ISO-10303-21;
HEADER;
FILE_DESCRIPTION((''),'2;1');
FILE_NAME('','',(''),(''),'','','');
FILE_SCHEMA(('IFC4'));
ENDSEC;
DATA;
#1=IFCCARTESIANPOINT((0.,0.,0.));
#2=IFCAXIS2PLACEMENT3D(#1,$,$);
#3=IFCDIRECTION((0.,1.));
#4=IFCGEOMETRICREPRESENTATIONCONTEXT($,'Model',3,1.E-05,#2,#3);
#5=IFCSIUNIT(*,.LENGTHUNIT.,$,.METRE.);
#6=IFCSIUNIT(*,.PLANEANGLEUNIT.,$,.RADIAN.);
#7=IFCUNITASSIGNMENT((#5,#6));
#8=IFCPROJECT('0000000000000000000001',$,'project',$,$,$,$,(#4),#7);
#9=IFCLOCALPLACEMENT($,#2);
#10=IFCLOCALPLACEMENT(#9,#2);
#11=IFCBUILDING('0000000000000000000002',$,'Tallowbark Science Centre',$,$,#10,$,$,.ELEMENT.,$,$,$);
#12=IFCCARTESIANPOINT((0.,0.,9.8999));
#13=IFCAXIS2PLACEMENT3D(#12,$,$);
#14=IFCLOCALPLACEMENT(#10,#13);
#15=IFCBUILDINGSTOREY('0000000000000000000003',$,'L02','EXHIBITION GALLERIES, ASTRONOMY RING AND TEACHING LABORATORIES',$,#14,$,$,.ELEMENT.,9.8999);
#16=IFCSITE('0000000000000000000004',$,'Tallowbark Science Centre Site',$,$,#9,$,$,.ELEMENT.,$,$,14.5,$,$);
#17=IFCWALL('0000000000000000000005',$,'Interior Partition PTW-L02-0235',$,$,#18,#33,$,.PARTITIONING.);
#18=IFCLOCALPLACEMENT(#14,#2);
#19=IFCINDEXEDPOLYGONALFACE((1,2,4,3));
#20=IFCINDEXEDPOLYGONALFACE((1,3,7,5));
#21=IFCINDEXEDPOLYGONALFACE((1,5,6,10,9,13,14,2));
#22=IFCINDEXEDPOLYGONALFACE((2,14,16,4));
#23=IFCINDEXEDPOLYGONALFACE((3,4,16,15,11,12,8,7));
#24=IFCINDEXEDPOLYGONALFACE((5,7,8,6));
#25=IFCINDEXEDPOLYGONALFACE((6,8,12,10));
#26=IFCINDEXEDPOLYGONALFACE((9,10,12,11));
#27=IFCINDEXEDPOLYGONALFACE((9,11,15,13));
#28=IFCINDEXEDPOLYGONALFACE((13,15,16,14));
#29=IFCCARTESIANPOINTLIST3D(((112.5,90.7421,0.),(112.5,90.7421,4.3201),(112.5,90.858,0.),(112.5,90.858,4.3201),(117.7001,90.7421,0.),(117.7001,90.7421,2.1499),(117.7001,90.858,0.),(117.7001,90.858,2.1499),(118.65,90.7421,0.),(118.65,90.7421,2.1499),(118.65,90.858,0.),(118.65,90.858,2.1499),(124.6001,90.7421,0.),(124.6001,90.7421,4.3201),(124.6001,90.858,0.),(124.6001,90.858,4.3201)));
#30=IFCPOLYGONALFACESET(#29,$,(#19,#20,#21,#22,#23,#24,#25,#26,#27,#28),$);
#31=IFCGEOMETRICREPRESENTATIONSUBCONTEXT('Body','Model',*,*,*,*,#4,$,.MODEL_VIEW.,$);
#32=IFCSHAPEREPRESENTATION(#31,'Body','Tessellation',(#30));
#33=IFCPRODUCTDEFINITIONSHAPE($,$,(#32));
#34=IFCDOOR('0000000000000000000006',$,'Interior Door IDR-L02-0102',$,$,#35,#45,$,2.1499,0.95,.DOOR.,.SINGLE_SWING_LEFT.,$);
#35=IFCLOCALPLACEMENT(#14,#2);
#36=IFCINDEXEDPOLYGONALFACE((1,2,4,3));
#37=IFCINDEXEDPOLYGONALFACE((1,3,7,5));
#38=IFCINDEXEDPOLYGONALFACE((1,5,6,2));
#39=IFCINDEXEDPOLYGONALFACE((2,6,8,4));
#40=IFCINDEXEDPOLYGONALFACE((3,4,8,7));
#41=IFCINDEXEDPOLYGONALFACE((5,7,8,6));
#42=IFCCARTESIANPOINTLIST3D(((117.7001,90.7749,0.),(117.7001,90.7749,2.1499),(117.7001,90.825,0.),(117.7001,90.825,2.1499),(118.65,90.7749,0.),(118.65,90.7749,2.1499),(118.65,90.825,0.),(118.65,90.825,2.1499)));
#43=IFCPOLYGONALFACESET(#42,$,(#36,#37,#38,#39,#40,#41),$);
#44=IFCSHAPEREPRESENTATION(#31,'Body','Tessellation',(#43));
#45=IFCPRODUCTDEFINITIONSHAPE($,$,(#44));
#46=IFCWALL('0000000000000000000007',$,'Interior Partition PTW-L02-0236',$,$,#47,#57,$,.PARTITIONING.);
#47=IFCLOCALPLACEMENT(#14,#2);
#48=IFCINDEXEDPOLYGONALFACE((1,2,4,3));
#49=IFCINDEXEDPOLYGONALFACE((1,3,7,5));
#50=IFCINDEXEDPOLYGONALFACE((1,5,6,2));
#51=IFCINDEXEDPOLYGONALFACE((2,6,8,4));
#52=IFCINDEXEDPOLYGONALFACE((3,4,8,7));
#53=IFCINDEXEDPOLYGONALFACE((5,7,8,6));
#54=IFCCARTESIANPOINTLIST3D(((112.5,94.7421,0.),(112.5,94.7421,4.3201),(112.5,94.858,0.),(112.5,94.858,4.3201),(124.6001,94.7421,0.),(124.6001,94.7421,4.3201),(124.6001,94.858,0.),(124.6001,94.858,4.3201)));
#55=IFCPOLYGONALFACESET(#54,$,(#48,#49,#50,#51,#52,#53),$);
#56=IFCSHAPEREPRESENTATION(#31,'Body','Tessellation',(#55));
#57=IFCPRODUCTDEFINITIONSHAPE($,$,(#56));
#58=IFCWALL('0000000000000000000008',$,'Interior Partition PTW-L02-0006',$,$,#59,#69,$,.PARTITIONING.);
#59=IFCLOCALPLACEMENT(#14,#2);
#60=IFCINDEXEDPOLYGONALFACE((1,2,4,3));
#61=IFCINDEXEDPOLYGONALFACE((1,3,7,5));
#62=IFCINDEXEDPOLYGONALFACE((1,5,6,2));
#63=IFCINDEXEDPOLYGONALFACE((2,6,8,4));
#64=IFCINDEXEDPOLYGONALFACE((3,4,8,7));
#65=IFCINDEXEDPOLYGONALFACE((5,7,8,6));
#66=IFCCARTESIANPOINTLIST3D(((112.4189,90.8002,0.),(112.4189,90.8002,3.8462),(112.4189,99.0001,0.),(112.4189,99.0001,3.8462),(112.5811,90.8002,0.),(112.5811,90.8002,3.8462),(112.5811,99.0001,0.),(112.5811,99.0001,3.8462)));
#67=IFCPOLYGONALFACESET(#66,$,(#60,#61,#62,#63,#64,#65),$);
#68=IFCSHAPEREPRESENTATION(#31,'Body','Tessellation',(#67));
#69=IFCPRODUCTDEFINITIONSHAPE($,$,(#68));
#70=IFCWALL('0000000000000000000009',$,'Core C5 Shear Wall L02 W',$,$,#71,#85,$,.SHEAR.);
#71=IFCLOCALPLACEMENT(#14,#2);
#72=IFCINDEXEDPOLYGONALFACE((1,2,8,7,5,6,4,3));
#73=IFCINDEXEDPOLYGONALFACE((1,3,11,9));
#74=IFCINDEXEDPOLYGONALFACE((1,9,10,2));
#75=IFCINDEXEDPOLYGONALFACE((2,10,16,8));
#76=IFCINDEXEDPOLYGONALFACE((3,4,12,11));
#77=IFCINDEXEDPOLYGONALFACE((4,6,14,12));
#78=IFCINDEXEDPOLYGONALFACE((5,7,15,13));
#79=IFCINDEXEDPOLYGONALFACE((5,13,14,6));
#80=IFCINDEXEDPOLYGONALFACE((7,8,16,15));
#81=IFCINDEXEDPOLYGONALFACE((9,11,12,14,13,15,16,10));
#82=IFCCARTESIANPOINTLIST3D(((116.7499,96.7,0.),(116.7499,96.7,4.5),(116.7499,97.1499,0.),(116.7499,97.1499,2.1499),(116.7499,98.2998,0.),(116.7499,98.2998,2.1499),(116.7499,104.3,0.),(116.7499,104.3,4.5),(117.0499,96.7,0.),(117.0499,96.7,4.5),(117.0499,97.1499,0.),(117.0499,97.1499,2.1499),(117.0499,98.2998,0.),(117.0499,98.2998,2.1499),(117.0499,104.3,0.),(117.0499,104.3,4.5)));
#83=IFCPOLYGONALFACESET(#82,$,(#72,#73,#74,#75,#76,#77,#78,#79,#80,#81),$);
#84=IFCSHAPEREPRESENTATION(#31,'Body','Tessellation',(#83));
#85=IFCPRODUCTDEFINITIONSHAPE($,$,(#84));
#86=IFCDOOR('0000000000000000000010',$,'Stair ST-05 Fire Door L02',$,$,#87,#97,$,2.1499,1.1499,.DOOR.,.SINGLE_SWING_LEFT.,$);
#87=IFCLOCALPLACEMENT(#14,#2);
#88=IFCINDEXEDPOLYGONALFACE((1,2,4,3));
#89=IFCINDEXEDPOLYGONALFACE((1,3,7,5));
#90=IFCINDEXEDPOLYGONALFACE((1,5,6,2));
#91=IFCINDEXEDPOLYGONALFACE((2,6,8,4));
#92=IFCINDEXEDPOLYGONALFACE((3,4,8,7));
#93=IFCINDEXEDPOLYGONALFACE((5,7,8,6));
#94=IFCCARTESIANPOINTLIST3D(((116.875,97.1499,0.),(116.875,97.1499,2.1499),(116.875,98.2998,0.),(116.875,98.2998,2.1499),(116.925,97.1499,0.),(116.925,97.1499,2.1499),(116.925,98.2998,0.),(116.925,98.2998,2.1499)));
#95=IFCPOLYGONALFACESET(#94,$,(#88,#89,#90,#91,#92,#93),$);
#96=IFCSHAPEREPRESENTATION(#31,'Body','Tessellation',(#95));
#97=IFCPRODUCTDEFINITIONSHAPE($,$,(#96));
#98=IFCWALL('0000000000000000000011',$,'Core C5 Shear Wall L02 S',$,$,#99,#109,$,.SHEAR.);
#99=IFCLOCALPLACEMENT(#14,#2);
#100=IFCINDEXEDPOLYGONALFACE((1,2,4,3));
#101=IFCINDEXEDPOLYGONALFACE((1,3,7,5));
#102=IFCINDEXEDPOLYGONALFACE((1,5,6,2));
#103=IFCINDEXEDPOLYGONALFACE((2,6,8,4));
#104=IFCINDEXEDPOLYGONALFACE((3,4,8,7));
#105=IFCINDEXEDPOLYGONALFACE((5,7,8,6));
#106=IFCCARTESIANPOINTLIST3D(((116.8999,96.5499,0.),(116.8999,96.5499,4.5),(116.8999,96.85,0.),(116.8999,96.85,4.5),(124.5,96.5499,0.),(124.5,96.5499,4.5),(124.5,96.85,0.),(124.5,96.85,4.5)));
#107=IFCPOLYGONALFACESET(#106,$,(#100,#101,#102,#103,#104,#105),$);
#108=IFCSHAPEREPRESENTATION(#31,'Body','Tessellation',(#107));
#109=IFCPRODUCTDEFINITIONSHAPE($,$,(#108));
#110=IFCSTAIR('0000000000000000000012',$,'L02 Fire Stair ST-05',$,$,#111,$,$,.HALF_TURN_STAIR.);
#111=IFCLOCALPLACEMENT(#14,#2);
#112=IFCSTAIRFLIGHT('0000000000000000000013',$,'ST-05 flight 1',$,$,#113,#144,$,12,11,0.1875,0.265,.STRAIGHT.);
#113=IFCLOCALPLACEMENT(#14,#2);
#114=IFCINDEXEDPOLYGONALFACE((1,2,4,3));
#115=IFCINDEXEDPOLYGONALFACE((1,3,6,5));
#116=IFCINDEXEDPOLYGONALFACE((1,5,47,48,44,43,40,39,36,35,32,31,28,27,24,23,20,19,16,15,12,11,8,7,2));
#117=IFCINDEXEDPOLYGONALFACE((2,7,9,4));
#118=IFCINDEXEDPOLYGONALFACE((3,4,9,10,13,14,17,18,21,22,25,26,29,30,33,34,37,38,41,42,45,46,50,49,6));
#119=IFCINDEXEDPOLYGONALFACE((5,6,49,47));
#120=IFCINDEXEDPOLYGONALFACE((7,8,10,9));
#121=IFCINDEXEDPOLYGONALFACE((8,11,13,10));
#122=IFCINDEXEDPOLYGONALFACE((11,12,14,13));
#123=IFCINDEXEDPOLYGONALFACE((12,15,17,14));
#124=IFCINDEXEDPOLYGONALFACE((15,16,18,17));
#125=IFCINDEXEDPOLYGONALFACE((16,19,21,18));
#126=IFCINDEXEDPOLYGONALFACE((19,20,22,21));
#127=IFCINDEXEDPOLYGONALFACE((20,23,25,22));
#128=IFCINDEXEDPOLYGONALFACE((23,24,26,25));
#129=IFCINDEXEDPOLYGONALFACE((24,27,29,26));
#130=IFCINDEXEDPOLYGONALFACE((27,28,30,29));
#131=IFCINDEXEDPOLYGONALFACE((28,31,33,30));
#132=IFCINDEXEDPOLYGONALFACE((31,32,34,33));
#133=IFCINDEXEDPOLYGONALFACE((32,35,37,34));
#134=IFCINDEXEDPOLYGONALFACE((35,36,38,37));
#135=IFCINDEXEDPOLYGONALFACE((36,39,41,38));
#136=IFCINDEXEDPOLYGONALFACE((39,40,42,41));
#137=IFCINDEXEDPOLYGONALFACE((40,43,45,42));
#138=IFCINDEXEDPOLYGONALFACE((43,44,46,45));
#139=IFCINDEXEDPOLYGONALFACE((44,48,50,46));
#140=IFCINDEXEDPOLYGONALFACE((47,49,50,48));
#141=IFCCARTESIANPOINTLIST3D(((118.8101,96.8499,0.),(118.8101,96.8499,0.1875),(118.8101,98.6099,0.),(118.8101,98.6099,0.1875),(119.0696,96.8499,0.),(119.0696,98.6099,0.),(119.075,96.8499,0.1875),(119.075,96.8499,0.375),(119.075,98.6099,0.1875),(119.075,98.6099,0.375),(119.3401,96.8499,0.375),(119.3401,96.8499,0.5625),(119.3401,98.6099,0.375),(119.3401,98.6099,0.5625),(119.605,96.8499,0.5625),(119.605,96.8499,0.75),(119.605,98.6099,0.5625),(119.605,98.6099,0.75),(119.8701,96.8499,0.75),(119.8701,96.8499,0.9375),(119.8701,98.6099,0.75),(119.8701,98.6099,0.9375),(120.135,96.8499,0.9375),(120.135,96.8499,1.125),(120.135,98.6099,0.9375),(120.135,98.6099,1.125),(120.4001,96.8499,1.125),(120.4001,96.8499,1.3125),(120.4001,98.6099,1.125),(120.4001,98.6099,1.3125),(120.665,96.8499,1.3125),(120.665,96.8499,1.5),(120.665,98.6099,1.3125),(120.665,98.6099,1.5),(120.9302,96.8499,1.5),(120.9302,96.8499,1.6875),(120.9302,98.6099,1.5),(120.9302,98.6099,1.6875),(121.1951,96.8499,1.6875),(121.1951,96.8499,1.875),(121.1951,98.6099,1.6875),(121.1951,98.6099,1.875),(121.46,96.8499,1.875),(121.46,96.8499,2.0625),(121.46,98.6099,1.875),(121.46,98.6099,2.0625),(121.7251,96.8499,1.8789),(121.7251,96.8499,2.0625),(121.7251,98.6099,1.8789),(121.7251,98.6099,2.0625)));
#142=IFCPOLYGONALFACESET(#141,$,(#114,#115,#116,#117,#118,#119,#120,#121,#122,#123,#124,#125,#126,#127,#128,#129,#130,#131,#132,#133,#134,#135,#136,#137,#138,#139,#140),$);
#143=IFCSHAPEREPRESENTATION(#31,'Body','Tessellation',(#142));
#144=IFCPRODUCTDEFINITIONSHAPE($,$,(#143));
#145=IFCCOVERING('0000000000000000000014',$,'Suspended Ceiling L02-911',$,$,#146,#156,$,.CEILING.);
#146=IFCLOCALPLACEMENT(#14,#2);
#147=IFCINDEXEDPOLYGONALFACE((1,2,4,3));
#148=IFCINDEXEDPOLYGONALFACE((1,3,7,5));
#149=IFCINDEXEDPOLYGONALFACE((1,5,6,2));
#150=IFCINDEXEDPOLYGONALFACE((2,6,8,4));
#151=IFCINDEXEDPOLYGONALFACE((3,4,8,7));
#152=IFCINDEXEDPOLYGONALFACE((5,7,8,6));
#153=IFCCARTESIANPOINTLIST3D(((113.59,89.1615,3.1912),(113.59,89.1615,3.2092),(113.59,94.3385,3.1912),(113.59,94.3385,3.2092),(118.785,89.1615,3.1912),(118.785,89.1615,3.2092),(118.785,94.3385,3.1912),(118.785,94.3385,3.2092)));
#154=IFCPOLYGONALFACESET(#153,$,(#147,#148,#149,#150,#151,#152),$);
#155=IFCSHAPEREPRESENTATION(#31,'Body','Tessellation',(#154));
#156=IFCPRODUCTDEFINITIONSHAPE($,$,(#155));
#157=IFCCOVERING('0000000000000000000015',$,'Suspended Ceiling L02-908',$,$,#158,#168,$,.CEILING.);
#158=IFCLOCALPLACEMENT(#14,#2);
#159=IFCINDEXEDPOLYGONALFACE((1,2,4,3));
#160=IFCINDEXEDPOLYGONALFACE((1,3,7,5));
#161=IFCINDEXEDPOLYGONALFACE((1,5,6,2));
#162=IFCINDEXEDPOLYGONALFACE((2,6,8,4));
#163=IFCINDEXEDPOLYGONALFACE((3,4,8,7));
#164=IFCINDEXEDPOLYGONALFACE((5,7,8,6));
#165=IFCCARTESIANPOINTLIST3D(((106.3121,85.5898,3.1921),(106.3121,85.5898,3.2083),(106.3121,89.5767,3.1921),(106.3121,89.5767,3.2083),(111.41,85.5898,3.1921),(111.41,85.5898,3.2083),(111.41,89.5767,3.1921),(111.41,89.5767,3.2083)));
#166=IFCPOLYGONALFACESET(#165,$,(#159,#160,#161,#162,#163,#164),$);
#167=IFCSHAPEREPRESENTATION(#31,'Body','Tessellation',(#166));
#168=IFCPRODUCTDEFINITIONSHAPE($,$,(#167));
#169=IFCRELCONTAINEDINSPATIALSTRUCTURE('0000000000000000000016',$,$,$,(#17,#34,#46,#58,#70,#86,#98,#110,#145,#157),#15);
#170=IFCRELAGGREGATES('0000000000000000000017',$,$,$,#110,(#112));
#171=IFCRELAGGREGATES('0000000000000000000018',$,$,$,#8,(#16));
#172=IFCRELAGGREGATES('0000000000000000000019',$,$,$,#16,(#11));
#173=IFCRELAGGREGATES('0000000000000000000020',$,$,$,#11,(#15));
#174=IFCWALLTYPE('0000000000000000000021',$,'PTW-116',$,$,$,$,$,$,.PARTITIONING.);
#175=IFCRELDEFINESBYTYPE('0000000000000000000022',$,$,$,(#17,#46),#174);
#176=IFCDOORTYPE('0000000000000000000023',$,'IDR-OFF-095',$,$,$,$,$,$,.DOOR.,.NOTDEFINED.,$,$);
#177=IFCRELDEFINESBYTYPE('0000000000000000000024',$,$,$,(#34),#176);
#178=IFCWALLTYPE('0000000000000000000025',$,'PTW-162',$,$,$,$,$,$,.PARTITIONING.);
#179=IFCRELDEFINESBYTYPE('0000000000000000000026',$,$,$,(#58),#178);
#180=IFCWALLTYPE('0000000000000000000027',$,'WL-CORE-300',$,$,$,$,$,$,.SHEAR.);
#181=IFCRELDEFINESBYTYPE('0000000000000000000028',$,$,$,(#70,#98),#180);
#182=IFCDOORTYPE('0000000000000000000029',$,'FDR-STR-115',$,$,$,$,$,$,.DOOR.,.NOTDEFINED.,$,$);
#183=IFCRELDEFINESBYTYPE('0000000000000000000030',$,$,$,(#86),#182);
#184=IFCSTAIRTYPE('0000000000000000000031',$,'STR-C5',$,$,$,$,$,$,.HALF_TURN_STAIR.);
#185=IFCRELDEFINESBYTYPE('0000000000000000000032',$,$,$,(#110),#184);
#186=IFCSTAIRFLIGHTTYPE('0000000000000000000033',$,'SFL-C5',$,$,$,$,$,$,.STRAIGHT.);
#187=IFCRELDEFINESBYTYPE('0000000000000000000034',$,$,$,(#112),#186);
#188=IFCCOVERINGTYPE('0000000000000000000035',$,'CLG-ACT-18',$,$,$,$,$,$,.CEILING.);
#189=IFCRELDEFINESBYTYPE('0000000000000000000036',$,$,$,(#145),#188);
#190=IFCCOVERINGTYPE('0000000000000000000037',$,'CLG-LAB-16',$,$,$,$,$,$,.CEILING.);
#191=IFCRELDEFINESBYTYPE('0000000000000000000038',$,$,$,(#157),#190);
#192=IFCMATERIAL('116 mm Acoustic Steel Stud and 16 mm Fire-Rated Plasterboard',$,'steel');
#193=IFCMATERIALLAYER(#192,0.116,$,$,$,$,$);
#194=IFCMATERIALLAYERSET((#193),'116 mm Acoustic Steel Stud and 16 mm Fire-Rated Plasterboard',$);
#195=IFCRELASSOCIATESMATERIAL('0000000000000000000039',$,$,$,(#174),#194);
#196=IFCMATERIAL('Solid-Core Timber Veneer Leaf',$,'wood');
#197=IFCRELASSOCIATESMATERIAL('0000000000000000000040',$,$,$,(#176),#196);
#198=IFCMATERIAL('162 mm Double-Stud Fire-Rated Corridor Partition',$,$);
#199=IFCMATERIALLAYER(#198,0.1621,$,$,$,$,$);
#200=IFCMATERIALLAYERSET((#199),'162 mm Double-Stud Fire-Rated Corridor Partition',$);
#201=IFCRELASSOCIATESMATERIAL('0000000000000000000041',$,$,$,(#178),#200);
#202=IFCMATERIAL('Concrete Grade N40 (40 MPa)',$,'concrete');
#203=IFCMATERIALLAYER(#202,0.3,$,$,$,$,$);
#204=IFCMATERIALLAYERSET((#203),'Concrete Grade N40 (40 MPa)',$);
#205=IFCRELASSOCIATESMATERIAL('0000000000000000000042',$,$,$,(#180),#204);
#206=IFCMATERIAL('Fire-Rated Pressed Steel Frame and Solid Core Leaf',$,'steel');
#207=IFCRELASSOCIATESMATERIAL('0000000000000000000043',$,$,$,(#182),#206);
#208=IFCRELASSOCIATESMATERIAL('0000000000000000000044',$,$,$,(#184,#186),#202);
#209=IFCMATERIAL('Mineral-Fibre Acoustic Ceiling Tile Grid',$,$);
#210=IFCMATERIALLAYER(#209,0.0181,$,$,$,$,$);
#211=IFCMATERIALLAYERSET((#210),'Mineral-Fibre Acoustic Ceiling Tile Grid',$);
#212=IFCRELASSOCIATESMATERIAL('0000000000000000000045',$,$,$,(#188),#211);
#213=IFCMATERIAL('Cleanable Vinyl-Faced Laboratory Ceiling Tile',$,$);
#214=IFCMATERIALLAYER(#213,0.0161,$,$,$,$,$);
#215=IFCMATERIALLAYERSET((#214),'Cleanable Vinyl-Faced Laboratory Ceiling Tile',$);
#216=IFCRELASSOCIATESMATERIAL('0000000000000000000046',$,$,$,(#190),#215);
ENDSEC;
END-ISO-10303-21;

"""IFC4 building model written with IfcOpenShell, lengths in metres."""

from ifc_helpers import new_model, si_unit, direction, frame, frame_2d, origin, origin_2d, place, context, subcontext, project, spatial, polyline, rectangle, outline, extrude, material, layer, layer_set, type_object, element, fill, aggregate, save


model = new_model("IFC4")

# Units and contexts
model_context = context("Model", 3, precision=1e-05, world=origin(), true_north=direction((0.0, 1.0)))
body_context = subcontext(model_context, "Body", "Model", "MODEL_VIEW")
ifc_project = project(units=[si_unit("LENGTHUNIT", "METRE"), si_unit("PLANEANGLEUNIT", "RADIAN")], contexts=[model_context])

# Site, building, storey
site_placement = place(None, origin())
site = spatial("IfcSite", under=ifc_project, at=site_placement, Name="Tallowbark Science Centre Site", CompositionType="ELEMENT", RefElevation=14.5)
building_placement = place(site_placement, origin())
building = spatial("IfcBuilding", under=site, at=building_placement, Name="Tallowbark Science Centre", CompositionType="ELEMENT")
storey_placement = place(building_placement, frame((0.0, 0.0, 9.8999)))
storey = spatial("IfcBuildingStorey", under=building, at=storey_placement, Name="L02", Description="EXHIBITION GALLERIES, ASTRONOMY RING AND TEACHING LABORATORIES", CompositionType="ELEMENT", Elevation=9.8999)

# Shared definitions
ifc_material_1 = material(Name="Concrete Grade N40 (40 MPa)", Category="concrete")

# Wall, opening, door
ifc_material_2 = material(Name="116 mm Acoustic Steel Stud and 16 mm Fire-Rated Plasterboard", Category="steel")
ifc_layer_1 = layer(ifc_material_2, 0.116)
ifc_layer_set_1 = layer_set([ifc_layer_1], Name="116 mm Acoustic Steel Stud and 16 mm Fire-Rated Plasterboard")
wall_type_1 = type_object("IfcWallType", Name="PTW-116", PredefinedType="PARTITIONING", material=ifc_layer_set_1)
wall_1_placement = place(storey_placement, frame((112.5, 90.8, 0.0), z_axis=(0.0, 0.0, 1.0), x_axis=(1.0, 0.0, 0.0)))
wall_1 = element("IfcWall", 1, at=wall_1_placement, inside=storey, type_object=wall_type_1, Name="Interior Partition PTW-L02-0235", PredefinedType="PARTITIONING", context=body_context, shape_type="SweptSolid", body=[
    extrude(rectangle(XDim=12.1001, YDim=0.116, at=frame_2d((6.05, 0.0))), origin(), (0.0, 0.0, 1.0), 4.3201),
])
opening_1_placement = place(wall_1_placement, frame((5.2, 0.0, 0.0)))
opening_1 = element("IfcOpeningElement", 2, at=opening_1_placement, cuts=wall_1, PredefinedType="OPENING", context=body_context, shape_type="SweptSolid", body=[
    extrude(rectangle(XDim=0.95, YDim=2.1499, at=frame_2d((0.4751, 1.075))), frame((0.0, 0.0679, 0.0), z_axis=(0.0, -1.0, 0.0), x_axis=(1.0, 0.0, 0.0)), (0.0, 0.0, 1.0), 0.136),
])
ifc_material_3 = material(Name="Solid-Core Timber Veneer Leaf", Category="wood")
door_type_1 = type_object("IfcDoorType", Name="IDR-OFF-095", OperationType="NOTDEFINED", PredefinedType="DOOR", material=ifc_material_3)
door_1_placement = place(opening_1_placement, origin())
door_1 = element("IfcDoor", 3, at=door_1_placement, inside=storey, type_object=door_type_1, Name="Interior Door IDR-L02-0102", OperationType="SINGLE_SWING_LEFT", OverallHeight=2.1499, OverallWidth=0.95, PredefinedType="DOOR", context=body_context, shape_type="SweptSolid", body=[
    extrude(rectangle(XDim=0.95, YDim=2.1499, at=frame_2d((0.4751, 1.075))), frame((0.0, 0.0249, 0.0), z_axis=(0.0, -1.0, 0.0), x_axis=(1.0, 0.0, 0.0)), (0.0, 0.0, 1.0), 0.05),
])
fill(opening_1, door_1)

# Walls
wall_2_placement = place(storey_placement, frame((112.5, 94.8, 0.0), z_axis=(0.0, 0.0, 1.0), x_axis=(1.0, 0.0, 0.0)))
element("IfcWall", 4, at=wall_2_placement, inside=storey, type_object=wall_type_1, Name="Interior Partition PTW-L02-0236", PredefinedType="PARTITIONING", context=body_context, shape_type="SweptSolid", body=[
    extrude(rectangle(XDim=12.1001, YDim=0.116, at=frame_2d((6.05, 0.0))), origin(), (0.0, 0.0, 1.0), 4.3201),
])
ifc_material_4 = material(Name="162 mm Double-Stud Fire-Rated Corridor Partition")
ifc_layer_2 = layer(ifc_material_4, 0.1621)
ifc_layer_set_2 = layer_set([ifc_layer_2], Name="162 mm Double-Stud Fire-Rated Corridor Partition")
wall_type_2 = type_object("IfcWallType", Name="PTW-162", PredefinedType="PARTITIONING", material=ifc_layer_set_2)
wall_3_placement = place(storey_placement, frame((112.5, 90.8, 0.0), z_axis=(0.0, 0.0, 1.0), x_axis=(0.0, 1.0, 0.0)))
element("IfcWall", 5, at=wall_3_placement, inside=storey, type_object=wall_type_2, Name="Interior Partition PTW-L02-0006", PredefinedType="PARTITIONING", context=body_context, shape_type="SweptSolid", body=[
    extrude(rectangle(XDim=8.2, YDim=0.1621, at=frame_2d((4.1001, 0.0))), origin(), (0.0, 0.0, 1.0), 3.8462),
])

# Wall, opening, door
ifc_layer_3 = layer(ifc_material_1, 0.3)
ifc_layer_set_3 = layer_set([ifc_layer_3], Name="Concrete Grade N40 (40 MPa)")
wall_type_3 = type_object("IfcWallType", Name="WL-CORE-300", PredefinedType="SHEAR", material=ifc_layer_set_3)
wall_4_placement = place(storey_placement, frame((116.8999, 96.7, 0.0), z_axis=(0.0, 0.0, 1.0), x_axis=(0.0, 1.0, 0.0)))
wall_4 = element("IfcWall", 6, at=wall_4_placement, inside=storey, type_object=wall_type_3, Name="Core C5 Shear Wall L02 W", PredefinedType="SHEAR", context=body_context, shape_type="SweptSolid", body=[
    extrude(rectangle(XDim=7.6001, YDim=0.3, at=frame_2d((3.8, 0.0))), origin(), (0.0, 0.0, 1.0), 4.5),
])
opening_2_placement = place(wall_4_placement, frame((0.45, 0.0, 0.0)))
opening_2 = element("IfcOpeningElement", 7, at=opening_2_placement, cuts=wall_4, PredefinedType="OPENING", context=body_context, shape_type="SweptSolid", body=[
    extrude(rectangle(XDim=1.1499, YDim=2.1499, at=frame_2d((0.575, 1.075))), frame((0.0, 0.1602, 0.0), z_axis=(0.0, -1.0, 0.0), x_axis=(1.0, 0.0, 0.0)), (0.0, 0.0, 1.0), 0.3201),
])
ifc_material_5 = material(Name="Fire-Rated Pressed Steel Frame and Solid Core Leaf", Category="steel")
door_type_2 = type_object("IfcDoorType", Name="FDR-STR-115", OperationType="NOTDEFINED", PredefinedType="DOOR", material=ifc_material_5)
door_2_placement = place(opening_2_placement, origin())
door_2 = element("IfcDoor", 8, at=door_2_placement, inside=storey, type_object=door_type_2, Name="Stair ST-05 Fire Door L02", OperationType="SINGLE_SWING_LEFT", OverallHeight=2.1499, OverallWidth=1.1499, PredefinedType="DOOR", context=body_context, shape_type="SweptSolid", body=[
    extrude(rectangle(XDim=1.1499, YDim=2.1499, at=frame_2d((0.575, 1.075))), frame((0.0, 0.0249, 0.0), z_axis=(0.0, -1.0, 0.0), x_axis=(1.0, 0.0, 0.0)), (0.0, 0.0, 1.0), 0.05),
])
fill(opening_2, door_2)

# Wall
wall_5_placement = place(storey_placement, frame((116.8999, 96.7, 0.0), z_axis=(0.0, 0.0, 1.0), x_axis=(1.0, 0.0, 0.0)))
element("IfcWall", 9, at=wall_5_placement, inside=storey, type_object=wall_type_3, Name="Core C5 Shear Wall L02 S", PredefinedType="SHEAR", context=body_context, shape_type="SweptSolid", body=[
    extrude(rectangle(XDim=7.6001, YDim=0.3, at=frame_2d((3.8, 0.0))), origin(), (0.0, 0.0, 1.0), 4.5),
])

# Stair, stair flight
stair_type = type_object("IfcStairType", Name="STR-C5", PredefinedType="HALF_TURN_STAIR", material=ifc_material_1)
stair_placement = place(storey_placement, origin())
stair = element("IfcStair", 10, at=stair_placement, inside=storey, type_object=stair_type, Name="L02 Fire Stair ST-05", PredefinedType="HALF_TURN_STAIR")
stair_flight_type = type_object("IfcStairFlightType", Name="SFL-C5", PredefinedType="STRAIGHT", material=ifc_material_1)
stair_flight_placement = place(storey_placement, frame((118.8101, 97.73, 0.0), z_axis=(0.0, 0.0, 1.0), x_axis=(1.0, 0.0, 0.0)))
stair_flight = element("IfcStairFlight", 11, at=stair_flight_placement, type_object=stair_flight_type, Name="ST-05 flight 1", NumberOfRisers=12, NumberOfTreads=11, PredefinedType="STRAIGHT", RiserHeight=0.1875, TreadLength=0.265, context=body_context, shape_type="SweptSolid", body=[
    extrude(outline(polyline([(0.0, 0.0), (0.0, 0.1875), (0.2649, 0.1875), (0.2649, 0.375), (0.53, 0.375), (0.53, 0.5625), (0.7949, 0.5625), (0.7949, 0.75), (1.0601, 0.75), (1.0601, 0.9375), (1.325, 0.9375), (1.325, 1.125), (1.5901, 1.125), (1.5901, 1.3125), (1.855, 1.3125), (1.855, 1.5), (2.1201, 1.5), (2.1201, 1.6875), (2.385, 1.6875), (2.385, 1.875), (2.6499, 1.875), (2.6499, 2.0625), (2.915, 2.0625), (2.915, 2.25), (2.915, 1.8789), (0.2595, 0.0), (0.0, 0.0)])), frame((0.0, 0.8799, 0.0), z_axis=(0.0, -1.0, 0.0), x_axis=(1.0, 0.0, 0.0)), (0.0, 0.0, 1.0), 1.76),
])
aggregate(stair, [stair_flight])

# Coverings
ifc_material_6 = material(Name="Mineral-Fibre Acoustic Ceiling Tile Grid")
ifc_layer_4 = layer(ifc_material_6, 0.0181)
ifc_layer_set_4 = layer_set([ifc_layer_4], Name="Mineral-Fibre Acoustic Ceiling Tile Grid")
covering_type_1 = type_object("IfcCoveringType", Name="CLG-ACT-18", PredefinedType="CEILING", material=ifc_layer_set_4)
covering_1_placement = place(storey_placement, frame((116.1875, 91.75, 3.1912), z_axis=(0.0, 0.0, 1.0), x_axis=(1.0, 0.0, 0.0)))
element("IfcCovering", 12, at=covering_1_placement, inside=storey, type_object=covering_type_1, Name="Suspended Ceiling L02-911", PredefinedType="CEILING", context=body_context, shape_type="SweptSolid", body=[
    extrude(rectangle(XDim=5.1951, YDim=5.177, at=origin_2d()), origin(), (0.0, 0.0, 1.0), 0.0181),
])
ifc_material_7 = material(Name="Cleanable Vinyl-Faced Laboratory Ceiling Tile")
ifc_layer_5 = layer(ifc_material_7, 0.0161)
ifc_layer_set_5 = layer_set([ifc_layer_5], Name="Cleanable Vinyl-Faced Laboratory Ceiling Tile")
covering_type_2 = type_object("IfcCoveringType", Name="CLG-LAB-16", PredefinedType="CEILING", material=ifc_layer_set_5)
for number, where, z_axis, x_axis, name in (
    (13, (108.8611, 87.5833, 3.1921), (0.0, 0.0, 1.0), (1.0, 0.0, 0.0), "Suspended Ceiling L02-908"),
):
    element("IfcCovering", number, at=place(storey_placement, frame(where, z_axis=z_axis, x_axis=x_axis)), inside=storey, type_object=covering_type_2, Name=name, PredefinedType="CEILING", context=body_context, shape_type="SweptSolid", body=[
        extrude(rectangle(XDim=5.0979, YDim=3.9868, at=origin_2d()), origin(), (0.0, 0.0, 1.0), 0.0161),
    ])

save(model, "model.ifc")
